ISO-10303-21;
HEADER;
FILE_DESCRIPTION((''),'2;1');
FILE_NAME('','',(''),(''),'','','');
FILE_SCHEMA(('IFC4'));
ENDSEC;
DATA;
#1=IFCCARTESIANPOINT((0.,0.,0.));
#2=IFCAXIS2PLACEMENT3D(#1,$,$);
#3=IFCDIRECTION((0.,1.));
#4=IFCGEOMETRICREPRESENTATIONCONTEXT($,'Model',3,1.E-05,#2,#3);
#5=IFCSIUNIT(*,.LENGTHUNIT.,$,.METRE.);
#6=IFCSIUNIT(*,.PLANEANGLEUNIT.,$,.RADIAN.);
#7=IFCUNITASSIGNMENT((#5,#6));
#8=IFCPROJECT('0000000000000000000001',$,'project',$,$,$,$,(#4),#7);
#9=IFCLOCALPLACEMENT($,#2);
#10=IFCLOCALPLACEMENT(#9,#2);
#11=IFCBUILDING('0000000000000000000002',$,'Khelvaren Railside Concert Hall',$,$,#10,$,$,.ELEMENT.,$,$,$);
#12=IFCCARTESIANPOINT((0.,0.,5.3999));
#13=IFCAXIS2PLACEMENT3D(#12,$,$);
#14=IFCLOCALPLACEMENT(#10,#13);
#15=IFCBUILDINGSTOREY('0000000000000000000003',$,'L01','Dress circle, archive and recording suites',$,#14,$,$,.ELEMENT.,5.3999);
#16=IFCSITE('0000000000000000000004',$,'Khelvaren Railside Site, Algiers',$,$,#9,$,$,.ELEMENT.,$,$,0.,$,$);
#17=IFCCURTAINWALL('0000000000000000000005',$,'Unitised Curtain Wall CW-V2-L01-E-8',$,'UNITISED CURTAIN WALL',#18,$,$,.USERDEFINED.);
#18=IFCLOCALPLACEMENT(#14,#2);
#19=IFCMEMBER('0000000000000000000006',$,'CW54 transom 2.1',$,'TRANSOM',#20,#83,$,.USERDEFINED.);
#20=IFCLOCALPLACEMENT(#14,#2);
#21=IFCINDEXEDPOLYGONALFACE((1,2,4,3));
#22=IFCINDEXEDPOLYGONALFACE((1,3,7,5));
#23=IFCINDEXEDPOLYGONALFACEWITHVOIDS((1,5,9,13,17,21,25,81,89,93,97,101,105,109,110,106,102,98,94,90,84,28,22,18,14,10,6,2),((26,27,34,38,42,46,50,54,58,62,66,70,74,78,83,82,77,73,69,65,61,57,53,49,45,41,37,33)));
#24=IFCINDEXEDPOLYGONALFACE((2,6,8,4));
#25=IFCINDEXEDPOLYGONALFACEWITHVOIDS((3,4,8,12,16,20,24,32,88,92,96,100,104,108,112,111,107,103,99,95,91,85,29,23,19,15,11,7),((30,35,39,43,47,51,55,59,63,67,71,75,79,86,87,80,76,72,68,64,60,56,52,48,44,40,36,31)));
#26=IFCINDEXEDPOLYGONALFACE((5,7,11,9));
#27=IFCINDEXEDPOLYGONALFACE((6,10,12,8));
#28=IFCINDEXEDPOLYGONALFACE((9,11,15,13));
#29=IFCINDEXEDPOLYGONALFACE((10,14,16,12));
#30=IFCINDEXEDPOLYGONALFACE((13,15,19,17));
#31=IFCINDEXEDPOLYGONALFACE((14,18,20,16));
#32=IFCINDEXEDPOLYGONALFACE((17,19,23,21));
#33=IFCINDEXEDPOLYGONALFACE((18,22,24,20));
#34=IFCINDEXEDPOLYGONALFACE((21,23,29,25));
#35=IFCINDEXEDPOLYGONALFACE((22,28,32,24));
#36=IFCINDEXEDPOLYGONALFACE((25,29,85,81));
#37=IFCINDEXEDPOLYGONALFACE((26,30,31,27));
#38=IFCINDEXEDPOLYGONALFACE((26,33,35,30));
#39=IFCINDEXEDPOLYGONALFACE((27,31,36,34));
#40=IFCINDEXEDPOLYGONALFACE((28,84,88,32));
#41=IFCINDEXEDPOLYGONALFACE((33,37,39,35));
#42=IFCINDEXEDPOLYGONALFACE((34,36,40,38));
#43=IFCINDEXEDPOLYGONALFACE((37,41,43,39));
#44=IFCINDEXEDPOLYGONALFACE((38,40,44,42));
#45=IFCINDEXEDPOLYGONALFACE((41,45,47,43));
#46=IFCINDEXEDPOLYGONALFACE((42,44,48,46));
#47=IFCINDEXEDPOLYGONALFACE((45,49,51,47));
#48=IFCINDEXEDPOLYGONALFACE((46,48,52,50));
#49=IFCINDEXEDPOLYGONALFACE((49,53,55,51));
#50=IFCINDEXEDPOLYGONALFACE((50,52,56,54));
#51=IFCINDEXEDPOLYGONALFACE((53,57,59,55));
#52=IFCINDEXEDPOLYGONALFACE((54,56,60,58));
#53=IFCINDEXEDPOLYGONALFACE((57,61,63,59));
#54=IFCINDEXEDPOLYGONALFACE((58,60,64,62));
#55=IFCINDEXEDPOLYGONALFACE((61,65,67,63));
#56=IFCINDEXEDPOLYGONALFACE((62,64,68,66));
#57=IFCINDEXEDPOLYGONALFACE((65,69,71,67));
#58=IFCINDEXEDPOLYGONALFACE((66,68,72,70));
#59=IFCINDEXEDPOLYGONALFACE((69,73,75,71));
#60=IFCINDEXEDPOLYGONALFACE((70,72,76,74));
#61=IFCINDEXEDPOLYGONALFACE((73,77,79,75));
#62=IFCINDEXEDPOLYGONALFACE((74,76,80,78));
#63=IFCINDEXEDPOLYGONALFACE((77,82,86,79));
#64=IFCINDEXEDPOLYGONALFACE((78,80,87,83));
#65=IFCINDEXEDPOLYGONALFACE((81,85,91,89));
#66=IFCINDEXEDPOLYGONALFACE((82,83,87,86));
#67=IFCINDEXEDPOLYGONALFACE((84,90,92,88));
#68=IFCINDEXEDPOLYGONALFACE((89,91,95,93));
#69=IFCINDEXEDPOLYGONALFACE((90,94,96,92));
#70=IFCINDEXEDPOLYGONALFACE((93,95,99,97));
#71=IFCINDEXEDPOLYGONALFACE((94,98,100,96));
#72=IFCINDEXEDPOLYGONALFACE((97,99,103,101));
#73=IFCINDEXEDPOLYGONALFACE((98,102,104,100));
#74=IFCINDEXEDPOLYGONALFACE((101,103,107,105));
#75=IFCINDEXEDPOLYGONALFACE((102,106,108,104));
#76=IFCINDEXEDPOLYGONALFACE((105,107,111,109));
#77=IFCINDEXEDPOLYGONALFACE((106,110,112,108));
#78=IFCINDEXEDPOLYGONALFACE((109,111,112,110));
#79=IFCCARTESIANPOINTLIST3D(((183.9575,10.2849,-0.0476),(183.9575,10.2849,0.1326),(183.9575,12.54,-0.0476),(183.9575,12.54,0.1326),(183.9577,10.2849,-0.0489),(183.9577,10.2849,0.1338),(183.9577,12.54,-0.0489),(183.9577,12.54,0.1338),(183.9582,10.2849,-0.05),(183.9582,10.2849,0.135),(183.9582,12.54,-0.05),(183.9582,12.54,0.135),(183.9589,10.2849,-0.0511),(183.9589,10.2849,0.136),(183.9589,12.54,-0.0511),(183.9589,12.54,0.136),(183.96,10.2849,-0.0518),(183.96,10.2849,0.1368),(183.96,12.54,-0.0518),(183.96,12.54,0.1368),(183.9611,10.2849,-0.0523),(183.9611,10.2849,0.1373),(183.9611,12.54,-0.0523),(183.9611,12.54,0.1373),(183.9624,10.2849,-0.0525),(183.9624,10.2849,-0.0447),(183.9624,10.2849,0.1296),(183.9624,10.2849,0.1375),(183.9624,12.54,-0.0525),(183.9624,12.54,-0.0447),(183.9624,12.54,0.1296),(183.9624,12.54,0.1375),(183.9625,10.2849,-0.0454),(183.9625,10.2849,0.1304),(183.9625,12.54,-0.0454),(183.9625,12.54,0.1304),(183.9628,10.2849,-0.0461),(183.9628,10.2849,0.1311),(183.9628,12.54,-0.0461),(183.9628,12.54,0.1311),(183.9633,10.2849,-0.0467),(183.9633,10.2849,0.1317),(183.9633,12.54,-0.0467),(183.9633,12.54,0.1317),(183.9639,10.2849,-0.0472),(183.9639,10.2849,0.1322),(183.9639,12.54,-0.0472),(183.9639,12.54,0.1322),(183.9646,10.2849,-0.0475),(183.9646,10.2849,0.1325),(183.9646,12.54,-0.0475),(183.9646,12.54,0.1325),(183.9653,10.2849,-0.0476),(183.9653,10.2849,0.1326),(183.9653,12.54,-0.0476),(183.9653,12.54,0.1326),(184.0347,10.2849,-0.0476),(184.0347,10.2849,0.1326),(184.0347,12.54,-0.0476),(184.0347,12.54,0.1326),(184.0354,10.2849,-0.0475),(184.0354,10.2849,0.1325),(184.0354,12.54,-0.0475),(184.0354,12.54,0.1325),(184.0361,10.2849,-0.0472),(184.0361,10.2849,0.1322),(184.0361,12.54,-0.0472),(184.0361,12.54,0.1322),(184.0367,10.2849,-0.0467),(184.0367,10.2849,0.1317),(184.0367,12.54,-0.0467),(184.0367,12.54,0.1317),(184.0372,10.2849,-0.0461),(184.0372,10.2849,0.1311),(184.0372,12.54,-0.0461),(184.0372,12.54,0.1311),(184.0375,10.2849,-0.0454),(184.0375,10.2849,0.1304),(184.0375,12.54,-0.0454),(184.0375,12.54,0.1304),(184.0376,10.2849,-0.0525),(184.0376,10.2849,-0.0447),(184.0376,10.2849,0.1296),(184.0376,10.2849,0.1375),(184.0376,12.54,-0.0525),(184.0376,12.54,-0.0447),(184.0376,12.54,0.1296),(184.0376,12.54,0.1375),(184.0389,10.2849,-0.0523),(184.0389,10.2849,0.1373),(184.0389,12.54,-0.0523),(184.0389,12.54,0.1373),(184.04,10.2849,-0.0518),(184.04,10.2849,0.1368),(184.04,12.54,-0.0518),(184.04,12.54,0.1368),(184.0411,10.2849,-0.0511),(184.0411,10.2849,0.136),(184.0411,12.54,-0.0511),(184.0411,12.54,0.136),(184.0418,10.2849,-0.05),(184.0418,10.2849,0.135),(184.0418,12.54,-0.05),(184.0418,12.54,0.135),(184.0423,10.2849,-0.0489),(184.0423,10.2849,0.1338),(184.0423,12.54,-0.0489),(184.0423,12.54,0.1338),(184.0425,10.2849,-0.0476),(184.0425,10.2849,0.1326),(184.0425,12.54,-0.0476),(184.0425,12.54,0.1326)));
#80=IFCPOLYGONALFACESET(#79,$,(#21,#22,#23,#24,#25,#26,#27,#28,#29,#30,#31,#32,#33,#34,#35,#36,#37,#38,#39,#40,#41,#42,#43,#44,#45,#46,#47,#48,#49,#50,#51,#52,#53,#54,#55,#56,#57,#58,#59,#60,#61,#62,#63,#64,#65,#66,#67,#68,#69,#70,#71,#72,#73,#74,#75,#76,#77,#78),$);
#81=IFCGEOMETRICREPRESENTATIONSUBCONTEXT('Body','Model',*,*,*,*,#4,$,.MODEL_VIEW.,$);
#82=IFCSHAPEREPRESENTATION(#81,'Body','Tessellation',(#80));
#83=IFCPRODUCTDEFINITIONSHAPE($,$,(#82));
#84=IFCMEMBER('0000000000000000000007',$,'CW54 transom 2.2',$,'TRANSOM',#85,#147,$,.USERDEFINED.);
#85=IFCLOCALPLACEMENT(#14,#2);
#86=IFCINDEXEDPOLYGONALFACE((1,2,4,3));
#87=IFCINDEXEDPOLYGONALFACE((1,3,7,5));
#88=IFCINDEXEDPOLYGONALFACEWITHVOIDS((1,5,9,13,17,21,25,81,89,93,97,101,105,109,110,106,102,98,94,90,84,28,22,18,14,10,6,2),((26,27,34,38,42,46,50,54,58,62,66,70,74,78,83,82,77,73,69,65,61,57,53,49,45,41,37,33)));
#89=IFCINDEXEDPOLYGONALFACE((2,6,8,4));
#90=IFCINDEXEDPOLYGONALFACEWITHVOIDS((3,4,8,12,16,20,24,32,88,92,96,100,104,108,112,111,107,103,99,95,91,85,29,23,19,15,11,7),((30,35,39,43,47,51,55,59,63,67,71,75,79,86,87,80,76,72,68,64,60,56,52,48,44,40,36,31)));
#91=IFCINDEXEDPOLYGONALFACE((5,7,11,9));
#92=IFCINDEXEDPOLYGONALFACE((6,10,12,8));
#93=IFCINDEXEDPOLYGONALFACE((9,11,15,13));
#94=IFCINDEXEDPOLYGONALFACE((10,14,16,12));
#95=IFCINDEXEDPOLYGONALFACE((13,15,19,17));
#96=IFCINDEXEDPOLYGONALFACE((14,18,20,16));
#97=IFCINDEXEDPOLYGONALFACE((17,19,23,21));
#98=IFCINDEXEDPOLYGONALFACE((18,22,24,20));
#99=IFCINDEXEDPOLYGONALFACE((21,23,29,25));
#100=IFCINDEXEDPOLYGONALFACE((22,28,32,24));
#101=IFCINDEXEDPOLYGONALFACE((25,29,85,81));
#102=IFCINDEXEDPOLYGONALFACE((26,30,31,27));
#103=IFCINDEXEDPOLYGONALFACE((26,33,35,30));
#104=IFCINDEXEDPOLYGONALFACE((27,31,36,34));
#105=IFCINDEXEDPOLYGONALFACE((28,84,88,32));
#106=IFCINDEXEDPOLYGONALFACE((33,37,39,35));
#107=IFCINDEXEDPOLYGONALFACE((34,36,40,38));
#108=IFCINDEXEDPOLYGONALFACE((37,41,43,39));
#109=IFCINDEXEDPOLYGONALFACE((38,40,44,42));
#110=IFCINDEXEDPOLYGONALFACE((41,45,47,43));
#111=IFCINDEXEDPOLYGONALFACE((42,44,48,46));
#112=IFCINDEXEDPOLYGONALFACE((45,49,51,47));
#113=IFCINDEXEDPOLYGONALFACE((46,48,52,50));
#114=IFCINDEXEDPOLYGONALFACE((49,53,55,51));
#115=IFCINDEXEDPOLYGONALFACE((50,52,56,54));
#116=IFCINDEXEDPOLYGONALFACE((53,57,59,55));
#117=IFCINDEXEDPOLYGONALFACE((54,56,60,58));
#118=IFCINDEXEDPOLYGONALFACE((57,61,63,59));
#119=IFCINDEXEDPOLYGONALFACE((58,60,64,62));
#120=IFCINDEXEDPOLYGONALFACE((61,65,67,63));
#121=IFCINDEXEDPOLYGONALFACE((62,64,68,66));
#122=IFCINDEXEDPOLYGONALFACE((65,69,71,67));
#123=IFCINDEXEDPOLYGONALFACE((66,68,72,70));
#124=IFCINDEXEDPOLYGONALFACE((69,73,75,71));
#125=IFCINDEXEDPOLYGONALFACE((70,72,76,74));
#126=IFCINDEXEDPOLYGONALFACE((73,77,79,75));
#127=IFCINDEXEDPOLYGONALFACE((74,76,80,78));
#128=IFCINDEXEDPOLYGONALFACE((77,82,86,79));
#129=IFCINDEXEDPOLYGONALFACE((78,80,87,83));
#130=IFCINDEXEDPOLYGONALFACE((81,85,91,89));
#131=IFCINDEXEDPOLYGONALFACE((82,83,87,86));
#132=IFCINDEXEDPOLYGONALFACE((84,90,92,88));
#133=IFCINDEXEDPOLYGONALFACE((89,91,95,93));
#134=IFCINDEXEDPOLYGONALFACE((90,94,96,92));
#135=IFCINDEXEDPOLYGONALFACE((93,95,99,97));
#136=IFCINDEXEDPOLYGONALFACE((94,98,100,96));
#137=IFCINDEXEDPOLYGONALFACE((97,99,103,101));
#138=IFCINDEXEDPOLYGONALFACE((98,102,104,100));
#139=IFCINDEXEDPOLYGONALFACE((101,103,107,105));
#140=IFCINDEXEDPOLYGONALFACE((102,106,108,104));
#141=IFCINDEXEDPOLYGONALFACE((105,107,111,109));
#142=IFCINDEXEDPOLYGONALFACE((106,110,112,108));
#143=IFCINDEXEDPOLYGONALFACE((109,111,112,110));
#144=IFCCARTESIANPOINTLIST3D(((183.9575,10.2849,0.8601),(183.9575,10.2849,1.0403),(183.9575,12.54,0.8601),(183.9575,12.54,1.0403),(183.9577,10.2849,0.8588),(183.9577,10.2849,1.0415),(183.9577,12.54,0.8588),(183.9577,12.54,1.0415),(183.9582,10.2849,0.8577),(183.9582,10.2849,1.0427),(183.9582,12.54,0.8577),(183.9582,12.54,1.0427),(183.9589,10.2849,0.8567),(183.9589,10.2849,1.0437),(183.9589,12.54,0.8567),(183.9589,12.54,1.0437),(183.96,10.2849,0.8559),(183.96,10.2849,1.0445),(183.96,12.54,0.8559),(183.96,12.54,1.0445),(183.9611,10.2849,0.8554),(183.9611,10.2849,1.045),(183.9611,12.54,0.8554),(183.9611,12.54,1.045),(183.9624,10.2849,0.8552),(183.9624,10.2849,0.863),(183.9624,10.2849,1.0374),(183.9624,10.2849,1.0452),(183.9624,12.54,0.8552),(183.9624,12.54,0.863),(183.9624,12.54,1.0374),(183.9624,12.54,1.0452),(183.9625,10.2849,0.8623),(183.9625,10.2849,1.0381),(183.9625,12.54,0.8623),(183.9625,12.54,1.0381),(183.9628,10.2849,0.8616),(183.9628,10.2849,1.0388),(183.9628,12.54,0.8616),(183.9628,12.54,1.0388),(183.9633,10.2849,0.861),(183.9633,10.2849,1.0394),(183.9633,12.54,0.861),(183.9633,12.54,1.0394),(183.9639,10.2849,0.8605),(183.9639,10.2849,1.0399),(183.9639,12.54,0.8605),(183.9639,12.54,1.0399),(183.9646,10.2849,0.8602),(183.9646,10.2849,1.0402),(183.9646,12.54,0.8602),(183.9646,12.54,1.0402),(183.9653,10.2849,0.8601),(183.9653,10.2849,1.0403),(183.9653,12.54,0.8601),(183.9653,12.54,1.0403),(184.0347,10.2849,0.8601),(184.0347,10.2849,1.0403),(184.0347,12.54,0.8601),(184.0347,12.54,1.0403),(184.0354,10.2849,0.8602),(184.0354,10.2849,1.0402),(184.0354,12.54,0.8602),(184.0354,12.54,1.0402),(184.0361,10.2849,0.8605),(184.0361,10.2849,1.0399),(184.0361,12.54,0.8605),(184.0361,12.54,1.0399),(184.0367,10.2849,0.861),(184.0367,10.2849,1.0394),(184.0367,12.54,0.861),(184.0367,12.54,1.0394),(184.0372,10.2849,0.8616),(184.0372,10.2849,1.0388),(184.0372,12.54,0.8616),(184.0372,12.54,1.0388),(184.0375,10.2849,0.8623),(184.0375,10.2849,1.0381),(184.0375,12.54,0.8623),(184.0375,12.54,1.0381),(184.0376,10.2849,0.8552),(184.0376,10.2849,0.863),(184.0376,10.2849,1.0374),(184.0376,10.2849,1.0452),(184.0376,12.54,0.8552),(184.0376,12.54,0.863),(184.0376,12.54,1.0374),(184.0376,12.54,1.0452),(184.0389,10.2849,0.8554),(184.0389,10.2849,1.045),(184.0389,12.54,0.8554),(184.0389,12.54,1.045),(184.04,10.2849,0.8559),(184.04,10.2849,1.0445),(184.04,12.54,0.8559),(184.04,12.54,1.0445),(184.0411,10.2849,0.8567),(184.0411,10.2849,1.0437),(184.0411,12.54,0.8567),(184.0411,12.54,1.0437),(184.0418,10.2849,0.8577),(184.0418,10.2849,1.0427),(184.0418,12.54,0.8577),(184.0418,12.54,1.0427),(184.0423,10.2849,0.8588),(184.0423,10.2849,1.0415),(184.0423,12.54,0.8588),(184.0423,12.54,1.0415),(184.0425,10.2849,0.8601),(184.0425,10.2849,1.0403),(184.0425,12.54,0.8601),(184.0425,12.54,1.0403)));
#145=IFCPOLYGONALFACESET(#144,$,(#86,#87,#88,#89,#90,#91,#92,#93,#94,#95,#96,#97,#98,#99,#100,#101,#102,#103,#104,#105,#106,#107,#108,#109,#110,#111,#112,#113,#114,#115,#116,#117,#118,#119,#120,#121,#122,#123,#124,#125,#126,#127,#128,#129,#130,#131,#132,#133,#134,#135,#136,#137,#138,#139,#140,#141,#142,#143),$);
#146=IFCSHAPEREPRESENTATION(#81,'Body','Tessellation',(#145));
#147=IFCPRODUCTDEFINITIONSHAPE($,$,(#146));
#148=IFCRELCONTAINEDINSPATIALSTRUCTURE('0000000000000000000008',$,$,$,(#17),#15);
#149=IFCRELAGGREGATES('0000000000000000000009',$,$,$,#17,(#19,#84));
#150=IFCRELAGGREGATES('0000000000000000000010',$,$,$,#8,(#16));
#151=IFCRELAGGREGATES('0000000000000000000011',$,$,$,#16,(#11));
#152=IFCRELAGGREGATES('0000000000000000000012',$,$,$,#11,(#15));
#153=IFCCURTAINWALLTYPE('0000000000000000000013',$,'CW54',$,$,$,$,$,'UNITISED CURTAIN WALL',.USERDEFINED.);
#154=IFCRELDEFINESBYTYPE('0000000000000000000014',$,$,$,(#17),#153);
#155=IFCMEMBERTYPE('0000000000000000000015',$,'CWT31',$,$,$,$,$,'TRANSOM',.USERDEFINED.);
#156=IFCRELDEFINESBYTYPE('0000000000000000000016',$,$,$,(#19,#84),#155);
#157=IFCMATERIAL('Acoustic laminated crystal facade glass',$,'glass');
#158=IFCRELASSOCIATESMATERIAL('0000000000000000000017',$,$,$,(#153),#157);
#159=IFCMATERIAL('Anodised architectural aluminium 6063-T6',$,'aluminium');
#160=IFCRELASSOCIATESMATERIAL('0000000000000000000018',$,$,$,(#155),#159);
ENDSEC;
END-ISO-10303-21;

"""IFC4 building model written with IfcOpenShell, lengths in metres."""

from ifc_helpers import new_model, si_unit, direction, frame, origin, origin_2d, place, context, subcontext, project, spatial, hollow_rectangle, extrude, material, material_profile, profile_set, type_object, element, aggregate, save


model = new_model("IFC4")

# Units and contexts
model_context = context("Model", 3, precision=1e-05, world=origin(), true_north=direction((0.0, 1.0)))
body_context = subcontext(model_context, "Body", "Model", "MODEL_VIEW")
ifc_project = project(units=[si_unit("LENGTHUNIT", "METRE"), si_unit("PLANEANGLEUNIT", "RADIAN")], contexts=[model_context])

# Site, building, storey
site_placement = place(None, origin())
site = spatial("IfcSite", under=ifc_project, at=site_placement, Name="Khelvaren Railside Site, Algiers", CompositionType="ELEMENT", RefElevation=0.0)
building_placement = place(site_placement, origin())
building = spatial("IfcBuilding", under=site, at=building_placement, Name="Khelvaren Railside Concert Hall", CompositionType="ELEMENT")
storey_placement = place(building_placement, frame((0.0, 0.0, 5.3999)))
storey = spatial("IfcBuildingStorey", under=building, at=storey_placement, Name="L01", Description="Dress circle, archive and recording suites", CompositionType="ELEMENT", Elevation=5.3999)

# Shared definitions
ifc_material_1 = material(Name="Acoustic laminated crystal facade glass", Category="glass")
ifc_material_2 = material(Name="Anodised architectural aluminium 6063-T6", Category="aluminium")

# Curtain wall
curtain_wall_type_1 = type_object("IfcCurtainWallType", Name="CW54", ElementType="UNITISED CURTAIN WALL", PredefinedType="USERDEFINED", material=ifc_material_1)
curtain_wall_1_placement = place(storey_placement, origin())
curtain_wall_1 = element("IfcCurtainWall", 1, at=curtain_wall_1_placement, inside=storey, type_object=curtain_wall_type_1, Name="Unitised Curtain Wall CW-V2-L01-E-8", ObjectType="UNITISED CURTAIN WALL", PredefinedType="USERDEFINED")

# Members
ifc_material_profile_1 = material_profile(ifc_material_2, hollow_rectangle(XDim=0.085, YDim=0.1899, WallThickness=0.0049, InnerFilletRadius=0.0029, OuterFilletRadius=0.0049, at=origin_2d()), Name="CWT 85x190x5")
ifc_profile_set_1 = profile_set([ifc_material_profile_1], Name="Anodised architectural aluminium 6063-T6")
member_type_1 = type_object("IfcMemberType", Name="CWT31", ElementType="TRANSOM", PredefinedType="USERDEFINED", material=ifc_profile_set_1)
member_1_placement = place(storey_placement, frame((184.0, 12.54, 0.0425), z_axis=(0.0, -1.0, 0.0), x_axis=(1.0, 0.0, 0.0)))
member_1 = element("IfcMember", 2, at=member_1_placement, type_object=member_type_1, Name="CW54 transom 2.1", ObjectType="TRANSOM", PredefinedType="USERDEFINED", context=body_context, shape_type="SweptSolid", body=[
    extrude(hollow_rectangle(XDim=0.085, YDim=0.1899, WallThickness=0.0049, InnerFilletRadius=0.0029, OuterFilletRadius=0.0049, at=origin_2d()), origin(), (0.0, 0.0, 1.0), 2.2551),
])
member_2_placement = place(storey_placement, frame((184.0, 12.54, 0.9502), z_axis=(0.0, -1.0, 0.0), x_axis=(1.0, 0.0, 0.0)))
member_2 = element("IfcMember", 3, at=member_2_placement, type_object=member_type_1, Name="CW54 transom 2.2", ObjectType="TRANSOM", PredefinedType="USERDEFINED", context=body_context, shape_type="SweptSolid", body=[
    extrude(hollow_rectangle(XDim=0.085, YDim=0.1899, WallThickness=0.0049, InnerFilletRadius=0.0029, OuterFilletRadius=0.0049, at=origin_2d()), origin(), (0.0, 0.0, 1.0), 2.2551),
])

aggregate(curtain_wall_1, [member_1, member_2])

save(model, "model.ifc")
